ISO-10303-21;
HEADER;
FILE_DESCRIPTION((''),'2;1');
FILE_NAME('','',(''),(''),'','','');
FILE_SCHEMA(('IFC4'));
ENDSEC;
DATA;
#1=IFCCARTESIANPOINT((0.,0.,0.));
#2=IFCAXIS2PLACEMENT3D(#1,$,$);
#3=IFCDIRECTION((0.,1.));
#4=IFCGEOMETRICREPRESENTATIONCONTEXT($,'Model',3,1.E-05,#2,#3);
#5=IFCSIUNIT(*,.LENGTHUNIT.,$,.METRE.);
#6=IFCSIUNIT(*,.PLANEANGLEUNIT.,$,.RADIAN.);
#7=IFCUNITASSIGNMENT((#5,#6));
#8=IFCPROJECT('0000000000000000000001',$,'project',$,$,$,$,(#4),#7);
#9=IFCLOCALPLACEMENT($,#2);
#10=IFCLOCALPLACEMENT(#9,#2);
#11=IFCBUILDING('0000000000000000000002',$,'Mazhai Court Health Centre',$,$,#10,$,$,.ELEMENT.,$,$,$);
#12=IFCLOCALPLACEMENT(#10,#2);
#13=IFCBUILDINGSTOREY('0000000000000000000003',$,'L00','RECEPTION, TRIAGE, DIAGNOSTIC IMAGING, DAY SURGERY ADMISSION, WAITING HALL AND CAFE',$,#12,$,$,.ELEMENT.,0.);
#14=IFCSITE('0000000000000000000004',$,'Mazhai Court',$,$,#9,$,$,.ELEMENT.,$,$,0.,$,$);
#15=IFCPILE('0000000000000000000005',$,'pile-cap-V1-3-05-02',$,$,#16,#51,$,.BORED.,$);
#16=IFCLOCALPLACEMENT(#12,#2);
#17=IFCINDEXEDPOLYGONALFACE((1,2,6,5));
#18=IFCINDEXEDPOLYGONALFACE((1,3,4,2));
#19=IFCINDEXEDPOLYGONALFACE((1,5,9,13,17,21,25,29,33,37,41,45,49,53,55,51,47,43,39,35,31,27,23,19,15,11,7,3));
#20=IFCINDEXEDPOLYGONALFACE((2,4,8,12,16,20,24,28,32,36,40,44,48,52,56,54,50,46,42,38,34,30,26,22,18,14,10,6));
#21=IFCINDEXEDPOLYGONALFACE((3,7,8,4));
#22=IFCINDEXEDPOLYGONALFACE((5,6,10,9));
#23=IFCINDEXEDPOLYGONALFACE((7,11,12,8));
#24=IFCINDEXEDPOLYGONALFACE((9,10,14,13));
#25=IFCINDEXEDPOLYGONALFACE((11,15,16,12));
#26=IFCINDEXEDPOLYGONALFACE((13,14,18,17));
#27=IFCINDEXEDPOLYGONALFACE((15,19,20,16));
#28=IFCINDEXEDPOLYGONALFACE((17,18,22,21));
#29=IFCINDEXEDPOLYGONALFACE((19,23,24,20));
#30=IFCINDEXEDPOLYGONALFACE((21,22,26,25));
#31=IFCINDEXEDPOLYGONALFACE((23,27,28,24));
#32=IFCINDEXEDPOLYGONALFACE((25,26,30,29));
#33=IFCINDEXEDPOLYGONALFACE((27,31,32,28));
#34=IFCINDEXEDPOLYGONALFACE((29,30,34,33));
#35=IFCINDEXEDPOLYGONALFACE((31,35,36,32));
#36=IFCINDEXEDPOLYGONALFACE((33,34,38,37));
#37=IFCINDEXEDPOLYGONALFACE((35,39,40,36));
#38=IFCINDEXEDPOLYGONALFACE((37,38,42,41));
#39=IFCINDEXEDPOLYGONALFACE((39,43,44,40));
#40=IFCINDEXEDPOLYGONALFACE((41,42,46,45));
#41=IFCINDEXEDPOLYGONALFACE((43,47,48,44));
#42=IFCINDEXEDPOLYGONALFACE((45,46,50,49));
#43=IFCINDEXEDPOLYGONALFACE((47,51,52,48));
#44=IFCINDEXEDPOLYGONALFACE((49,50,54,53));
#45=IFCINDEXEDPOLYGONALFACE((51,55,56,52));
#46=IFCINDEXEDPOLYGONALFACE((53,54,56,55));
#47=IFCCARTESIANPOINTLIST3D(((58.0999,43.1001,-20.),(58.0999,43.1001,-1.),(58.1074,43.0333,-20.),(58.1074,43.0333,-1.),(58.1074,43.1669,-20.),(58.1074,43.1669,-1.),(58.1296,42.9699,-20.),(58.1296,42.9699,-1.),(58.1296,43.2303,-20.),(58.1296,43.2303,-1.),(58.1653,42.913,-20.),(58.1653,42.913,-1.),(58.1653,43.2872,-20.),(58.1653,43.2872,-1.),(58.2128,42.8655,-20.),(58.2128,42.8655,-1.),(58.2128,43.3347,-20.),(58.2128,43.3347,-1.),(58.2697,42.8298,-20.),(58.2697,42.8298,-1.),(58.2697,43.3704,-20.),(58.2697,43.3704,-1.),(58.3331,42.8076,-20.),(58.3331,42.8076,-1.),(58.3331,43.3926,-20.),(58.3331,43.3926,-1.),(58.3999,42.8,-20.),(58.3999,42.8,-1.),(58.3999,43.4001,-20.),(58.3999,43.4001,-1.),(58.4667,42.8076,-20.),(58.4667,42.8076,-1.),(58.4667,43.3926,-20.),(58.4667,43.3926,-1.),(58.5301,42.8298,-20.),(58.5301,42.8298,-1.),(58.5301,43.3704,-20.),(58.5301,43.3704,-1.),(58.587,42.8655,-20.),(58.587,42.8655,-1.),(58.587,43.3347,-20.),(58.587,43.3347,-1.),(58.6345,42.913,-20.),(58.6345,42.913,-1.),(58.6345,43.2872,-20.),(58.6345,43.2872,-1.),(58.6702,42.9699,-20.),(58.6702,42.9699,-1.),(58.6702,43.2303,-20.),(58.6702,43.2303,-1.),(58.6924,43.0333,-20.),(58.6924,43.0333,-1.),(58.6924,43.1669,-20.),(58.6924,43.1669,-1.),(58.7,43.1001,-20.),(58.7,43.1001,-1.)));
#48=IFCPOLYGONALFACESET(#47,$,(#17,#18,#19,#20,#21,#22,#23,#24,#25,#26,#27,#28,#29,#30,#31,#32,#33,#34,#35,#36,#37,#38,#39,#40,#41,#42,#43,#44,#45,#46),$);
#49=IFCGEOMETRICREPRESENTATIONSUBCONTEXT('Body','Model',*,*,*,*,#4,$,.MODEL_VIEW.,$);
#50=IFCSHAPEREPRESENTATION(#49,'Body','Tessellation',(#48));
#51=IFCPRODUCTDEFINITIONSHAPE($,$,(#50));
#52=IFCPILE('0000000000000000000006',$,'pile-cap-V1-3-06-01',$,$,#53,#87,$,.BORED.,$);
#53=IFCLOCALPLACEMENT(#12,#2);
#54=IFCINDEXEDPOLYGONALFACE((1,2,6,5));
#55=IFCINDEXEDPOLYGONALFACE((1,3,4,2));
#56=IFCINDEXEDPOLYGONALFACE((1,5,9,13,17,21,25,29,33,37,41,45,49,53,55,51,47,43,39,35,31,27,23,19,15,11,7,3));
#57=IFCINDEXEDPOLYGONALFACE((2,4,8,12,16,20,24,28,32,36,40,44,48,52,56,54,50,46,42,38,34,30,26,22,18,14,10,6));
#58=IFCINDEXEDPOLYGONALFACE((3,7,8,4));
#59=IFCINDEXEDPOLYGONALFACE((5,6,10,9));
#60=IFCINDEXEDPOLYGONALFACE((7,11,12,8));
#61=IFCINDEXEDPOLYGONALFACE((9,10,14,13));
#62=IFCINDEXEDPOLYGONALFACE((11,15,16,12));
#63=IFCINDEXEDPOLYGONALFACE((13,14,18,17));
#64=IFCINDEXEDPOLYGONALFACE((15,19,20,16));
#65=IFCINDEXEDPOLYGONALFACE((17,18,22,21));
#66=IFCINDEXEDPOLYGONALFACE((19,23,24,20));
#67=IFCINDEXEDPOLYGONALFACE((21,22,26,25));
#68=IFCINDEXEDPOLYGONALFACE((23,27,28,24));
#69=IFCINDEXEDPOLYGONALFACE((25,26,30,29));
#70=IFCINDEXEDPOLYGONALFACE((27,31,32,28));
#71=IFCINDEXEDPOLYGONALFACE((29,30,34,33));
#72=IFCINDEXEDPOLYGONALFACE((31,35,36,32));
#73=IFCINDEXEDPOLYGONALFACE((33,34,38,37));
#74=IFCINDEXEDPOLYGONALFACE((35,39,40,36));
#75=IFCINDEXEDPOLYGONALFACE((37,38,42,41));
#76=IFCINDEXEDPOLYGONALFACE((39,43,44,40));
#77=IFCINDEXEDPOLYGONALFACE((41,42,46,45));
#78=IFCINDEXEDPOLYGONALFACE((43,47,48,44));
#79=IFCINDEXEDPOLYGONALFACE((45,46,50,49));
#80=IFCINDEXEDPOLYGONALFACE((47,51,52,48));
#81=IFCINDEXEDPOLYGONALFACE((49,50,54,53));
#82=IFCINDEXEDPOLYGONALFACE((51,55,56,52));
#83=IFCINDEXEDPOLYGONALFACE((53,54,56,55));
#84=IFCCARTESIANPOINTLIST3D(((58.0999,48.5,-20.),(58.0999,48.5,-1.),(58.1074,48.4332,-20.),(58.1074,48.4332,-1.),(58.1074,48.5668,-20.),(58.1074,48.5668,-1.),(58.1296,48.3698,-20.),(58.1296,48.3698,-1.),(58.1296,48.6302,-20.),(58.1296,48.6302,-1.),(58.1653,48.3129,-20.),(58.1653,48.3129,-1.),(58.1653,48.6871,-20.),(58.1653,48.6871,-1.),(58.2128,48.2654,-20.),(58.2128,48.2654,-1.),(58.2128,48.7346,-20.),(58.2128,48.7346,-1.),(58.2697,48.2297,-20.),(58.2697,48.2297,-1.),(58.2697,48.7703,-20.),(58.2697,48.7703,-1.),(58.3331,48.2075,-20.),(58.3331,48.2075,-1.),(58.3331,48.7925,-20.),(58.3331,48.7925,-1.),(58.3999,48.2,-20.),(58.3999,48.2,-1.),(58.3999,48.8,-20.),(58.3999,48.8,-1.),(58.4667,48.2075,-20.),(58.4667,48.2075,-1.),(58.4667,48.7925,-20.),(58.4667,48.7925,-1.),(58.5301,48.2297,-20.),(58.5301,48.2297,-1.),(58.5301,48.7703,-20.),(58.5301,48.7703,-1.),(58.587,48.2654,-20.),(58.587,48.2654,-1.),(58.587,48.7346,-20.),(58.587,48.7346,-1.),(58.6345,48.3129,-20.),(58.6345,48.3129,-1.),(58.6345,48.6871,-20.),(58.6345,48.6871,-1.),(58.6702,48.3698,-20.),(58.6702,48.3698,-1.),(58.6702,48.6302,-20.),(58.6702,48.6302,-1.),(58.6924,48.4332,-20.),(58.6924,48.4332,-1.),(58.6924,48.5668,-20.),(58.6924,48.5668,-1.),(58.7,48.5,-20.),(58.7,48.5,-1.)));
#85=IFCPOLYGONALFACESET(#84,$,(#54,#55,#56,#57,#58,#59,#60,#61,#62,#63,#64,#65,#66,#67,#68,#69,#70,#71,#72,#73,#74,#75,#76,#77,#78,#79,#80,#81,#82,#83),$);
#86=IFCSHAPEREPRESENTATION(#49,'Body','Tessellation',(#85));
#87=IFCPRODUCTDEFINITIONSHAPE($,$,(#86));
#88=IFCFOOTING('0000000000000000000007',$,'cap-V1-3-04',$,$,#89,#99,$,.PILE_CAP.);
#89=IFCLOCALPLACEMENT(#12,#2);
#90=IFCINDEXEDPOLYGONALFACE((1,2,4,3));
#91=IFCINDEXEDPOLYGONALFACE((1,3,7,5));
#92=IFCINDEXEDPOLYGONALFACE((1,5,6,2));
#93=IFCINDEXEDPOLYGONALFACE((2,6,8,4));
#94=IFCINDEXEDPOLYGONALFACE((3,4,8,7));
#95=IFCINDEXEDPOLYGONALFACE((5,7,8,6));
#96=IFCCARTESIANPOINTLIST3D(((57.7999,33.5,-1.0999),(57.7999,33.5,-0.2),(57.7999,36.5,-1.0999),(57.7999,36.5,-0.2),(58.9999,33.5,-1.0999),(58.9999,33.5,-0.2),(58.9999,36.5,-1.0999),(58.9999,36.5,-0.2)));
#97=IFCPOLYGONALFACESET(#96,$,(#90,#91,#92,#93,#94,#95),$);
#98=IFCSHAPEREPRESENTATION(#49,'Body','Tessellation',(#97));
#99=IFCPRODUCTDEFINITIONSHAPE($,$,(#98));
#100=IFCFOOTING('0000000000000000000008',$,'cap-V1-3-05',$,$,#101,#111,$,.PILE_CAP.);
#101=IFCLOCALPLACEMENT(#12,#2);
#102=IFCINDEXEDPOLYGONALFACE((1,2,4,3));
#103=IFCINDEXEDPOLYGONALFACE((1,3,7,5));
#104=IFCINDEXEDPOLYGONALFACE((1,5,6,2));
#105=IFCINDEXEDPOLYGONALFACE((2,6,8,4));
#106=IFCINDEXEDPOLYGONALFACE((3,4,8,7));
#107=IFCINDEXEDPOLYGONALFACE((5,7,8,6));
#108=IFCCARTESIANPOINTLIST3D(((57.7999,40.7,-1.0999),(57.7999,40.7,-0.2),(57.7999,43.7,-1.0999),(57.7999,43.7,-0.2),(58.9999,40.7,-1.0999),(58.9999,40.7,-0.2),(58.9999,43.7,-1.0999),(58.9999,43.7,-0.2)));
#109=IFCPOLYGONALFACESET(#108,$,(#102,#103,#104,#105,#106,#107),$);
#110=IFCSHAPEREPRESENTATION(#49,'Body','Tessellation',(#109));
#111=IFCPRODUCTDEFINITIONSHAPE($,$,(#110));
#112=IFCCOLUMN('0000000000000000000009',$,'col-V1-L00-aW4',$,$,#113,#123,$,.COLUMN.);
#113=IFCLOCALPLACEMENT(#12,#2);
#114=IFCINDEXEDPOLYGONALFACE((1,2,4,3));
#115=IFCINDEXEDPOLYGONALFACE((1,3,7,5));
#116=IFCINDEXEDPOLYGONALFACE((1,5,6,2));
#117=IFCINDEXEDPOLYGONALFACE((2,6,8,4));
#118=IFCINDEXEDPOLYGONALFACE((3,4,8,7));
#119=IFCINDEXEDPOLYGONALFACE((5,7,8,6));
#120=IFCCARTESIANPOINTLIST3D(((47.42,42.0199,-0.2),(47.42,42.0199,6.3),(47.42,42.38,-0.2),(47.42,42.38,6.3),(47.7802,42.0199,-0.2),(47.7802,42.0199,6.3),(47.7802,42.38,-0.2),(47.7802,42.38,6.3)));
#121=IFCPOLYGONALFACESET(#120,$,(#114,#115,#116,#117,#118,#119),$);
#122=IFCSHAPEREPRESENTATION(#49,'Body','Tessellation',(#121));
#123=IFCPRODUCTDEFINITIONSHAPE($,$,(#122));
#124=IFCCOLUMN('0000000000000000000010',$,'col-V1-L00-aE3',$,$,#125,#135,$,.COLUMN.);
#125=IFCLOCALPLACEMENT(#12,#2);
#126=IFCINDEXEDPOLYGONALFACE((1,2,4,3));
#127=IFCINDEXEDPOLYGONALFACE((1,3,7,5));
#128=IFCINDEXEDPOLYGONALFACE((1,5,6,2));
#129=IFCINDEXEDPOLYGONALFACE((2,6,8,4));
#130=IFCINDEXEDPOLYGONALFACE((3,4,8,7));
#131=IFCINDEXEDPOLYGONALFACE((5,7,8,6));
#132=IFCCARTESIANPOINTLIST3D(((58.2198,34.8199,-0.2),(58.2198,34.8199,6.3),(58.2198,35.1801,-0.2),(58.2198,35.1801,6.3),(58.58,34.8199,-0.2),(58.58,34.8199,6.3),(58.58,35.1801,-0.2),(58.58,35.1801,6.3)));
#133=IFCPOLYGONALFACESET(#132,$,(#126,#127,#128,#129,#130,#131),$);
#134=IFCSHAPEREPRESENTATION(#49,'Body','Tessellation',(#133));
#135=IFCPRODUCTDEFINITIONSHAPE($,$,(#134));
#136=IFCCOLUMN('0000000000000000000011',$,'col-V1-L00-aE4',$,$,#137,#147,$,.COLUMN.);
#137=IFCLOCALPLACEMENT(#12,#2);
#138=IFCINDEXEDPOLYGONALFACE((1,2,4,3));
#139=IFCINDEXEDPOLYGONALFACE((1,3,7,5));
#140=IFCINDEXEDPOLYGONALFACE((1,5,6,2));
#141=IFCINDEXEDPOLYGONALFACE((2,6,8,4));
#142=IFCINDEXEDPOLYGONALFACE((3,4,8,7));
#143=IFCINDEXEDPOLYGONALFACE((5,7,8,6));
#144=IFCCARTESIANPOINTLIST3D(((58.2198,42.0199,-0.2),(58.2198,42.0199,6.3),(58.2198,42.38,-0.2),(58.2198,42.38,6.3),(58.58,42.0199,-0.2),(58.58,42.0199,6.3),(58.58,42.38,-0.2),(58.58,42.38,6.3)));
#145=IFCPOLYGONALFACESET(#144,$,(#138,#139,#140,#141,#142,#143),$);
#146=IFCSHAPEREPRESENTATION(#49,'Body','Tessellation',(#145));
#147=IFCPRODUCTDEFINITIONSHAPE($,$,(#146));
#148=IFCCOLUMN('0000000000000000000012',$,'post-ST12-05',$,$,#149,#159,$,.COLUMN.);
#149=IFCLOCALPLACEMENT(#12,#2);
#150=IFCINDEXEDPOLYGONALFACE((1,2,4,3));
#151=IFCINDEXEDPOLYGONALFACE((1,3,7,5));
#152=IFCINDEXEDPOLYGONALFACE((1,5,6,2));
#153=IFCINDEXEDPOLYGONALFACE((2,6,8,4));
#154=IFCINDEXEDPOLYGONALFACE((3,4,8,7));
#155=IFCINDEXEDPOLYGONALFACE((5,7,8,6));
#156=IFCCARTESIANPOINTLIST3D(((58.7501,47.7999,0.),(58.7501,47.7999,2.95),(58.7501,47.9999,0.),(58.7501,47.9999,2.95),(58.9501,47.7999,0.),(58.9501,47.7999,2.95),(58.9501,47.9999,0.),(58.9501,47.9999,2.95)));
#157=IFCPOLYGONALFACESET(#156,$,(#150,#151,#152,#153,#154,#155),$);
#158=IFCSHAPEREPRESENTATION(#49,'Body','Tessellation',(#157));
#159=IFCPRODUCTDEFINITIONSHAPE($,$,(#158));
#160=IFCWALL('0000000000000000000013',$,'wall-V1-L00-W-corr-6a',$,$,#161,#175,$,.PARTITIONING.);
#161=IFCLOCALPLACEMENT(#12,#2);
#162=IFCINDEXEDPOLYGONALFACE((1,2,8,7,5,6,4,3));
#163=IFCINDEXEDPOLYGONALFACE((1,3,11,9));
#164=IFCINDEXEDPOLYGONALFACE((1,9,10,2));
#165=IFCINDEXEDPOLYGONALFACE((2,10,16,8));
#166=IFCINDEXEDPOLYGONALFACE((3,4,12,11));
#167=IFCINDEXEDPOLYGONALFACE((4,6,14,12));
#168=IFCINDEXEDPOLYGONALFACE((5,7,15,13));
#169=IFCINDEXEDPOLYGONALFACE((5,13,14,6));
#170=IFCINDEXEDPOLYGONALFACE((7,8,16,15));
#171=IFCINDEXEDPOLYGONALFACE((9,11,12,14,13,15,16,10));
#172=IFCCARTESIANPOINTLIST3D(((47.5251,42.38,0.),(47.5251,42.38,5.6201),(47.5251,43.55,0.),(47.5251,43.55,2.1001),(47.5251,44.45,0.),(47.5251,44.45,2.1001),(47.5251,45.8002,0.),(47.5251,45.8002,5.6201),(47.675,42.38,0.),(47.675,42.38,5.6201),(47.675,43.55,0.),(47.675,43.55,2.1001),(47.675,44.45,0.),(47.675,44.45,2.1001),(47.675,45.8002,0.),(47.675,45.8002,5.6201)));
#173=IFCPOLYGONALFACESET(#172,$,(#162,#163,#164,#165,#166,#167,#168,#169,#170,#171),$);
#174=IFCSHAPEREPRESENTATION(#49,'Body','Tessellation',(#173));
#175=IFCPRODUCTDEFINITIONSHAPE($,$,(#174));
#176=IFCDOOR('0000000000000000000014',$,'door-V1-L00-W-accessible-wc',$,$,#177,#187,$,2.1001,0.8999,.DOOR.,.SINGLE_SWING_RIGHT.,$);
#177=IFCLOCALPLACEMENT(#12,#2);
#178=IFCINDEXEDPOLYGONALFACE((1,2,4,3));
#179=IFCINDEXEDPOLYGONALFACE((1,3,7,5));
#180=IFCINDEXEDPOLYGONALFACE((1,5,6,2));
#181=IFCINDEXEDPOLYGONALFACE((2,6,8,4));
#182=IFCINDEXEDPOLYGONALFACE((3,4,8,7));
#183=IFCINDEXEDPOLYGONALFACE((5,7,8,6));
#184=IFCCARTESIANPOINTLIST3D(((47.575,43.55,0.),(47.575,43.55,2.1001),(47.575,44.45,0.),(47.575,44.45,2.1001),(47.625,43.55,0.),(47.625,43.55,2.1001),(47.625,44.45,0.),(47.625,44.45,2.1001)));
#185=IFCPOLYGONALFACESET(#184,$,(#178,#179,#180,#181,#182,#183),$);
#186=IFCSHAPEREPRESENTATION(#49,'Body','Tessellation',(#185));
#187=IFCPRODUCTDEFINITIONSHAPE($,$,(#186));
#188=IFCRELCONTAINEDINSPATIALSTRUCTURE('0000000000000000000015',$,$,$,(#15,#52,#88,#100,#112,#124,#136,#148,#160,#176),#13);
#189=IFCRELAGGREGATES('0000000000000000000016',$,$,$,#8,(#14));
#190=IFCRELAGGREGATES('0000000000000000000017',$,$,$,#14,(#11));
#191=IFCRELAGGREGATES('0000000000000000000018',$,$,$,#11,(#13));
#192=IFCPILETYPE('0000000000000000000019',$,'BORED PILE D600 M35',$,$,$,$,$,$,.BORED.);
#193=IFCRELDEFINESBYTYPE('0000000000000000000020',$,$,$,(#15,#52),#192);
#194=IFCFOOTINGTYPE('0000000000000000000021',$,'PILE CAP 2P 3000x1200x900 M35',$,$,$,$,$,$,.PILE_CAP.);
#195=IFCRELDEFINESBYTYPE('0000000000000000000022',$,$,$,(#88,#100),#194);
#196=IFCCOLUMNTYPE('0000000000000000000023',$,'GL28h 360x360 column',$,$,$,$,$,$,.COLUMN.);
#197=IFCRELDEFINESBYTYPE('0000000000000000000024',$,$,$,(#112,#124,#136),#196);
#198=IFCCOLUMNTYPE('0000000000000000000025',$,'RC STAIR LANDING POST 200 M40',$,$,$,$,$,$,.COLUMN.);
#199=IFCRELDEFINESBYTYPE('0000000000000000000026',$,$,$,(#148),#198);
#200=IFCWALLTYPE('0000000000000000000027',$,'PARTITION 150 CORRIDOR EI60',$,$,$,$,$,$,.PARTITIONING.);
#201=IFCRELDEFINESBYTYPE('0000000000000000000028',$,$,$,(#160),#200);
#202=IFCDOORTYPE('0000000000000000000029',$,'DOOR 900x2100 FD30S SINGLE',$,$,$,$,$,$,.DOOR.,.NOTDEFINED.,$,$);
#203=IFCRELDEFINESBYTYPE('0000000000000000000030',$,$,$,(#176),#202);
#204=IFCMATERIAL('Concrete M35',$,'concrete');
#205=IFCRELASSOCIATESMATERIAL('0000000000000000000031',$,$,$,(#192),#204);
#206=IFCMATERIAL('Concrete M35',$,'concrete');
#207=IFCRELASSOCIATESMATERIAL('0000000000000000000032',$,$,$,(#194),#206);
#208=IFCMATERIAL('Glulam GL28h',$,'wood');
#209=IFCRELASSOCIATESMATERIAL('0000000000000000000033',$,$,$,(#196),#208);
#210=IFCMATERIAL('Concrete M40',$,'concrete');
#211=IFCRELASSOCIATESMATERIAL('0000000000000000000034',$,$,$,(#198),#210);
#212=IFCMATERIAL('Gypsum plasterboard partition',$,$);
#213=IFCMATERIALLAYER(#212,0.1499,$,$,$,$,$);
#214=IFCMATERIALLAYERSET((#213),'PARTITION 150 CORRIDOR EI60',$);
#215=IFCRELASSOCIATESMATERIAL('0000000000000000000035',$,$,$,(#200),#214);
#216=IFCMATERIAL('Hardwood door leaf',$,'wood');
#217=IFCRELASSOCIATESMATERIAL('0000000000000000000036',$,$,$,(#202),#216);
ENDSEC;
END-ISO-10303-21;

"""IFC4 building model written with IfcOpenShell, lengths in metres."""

from ifc_helpers import new_model, si_unit, direction, frame, frame_2d, origin, origin_2d, place, context, subcontext, project, spatial, rectangle, circle, extrude, material, layer, layer_set, material_profile, profile_set, type_object, element, fill, save


model = new_model("IFC4")

# Units and contexts
model_context = context("Model", 3, precision=1e-05, world=origin(), true_north=direction((0.0, 1.0)))
body_context = subcontext(model_context, "Body", "Model", "MODEL_VIEW")
ifc_project = project(units=[si_unit("LENGTHUNIT", "METRE"), si_unit("PLANEANGLEUNIT", "RADIAN")], contexts=[model_context])

# Site, building, storey
site_placement = place(None, origin())
site = spatial("IfcSite", under=ifc_project, at=site_placement, Name="Mazhai Court", CompositionType="ELEMENT", RefElevation=0.0)
building_placement = place(site_placement, origin())
building = spatial("IfcBuilding", under=site, at=building_placement, Name="Mazhai Court Health Centre", CompositionType="ELEMENT")
storey_placement = place(building_placement, origin())
storey = spatial("IfcBuildingStorey", under=building, at=storey_placement, Name="L00", Description="RECEPTION, TRIAGE, DIAGNOSTIC IMAGING, DAY SURGERY ADMISSION, WAITING HALL AND CAFE", CompositionType="ELEMENT", Elevation=0.0)

# Piles
ifc_material_1 = material(Name="Concrete M35", Category="concrete")
ifc_material_profile_1 = material_profile(ifc_material_1, circle(Radius=0.3, at=origin_2d()), Name="RC PILE D600")
ifc_profile_set_1 = profile_set([ifc_material_profile_1], Name="Concrete M35")
pile_type = type_object("IfcPileType", Name="BORED PILE D600 M35", PredefinedType="BORED", material=ifc_profile_set_1)
for number, where, z_axis, x_axis, name in (
    (1, (58.3999, 43.1001, -1.0), (0.0, 0.0, -1.0), (1.0, 0.0, 0.0), "pile-cap-V1-3-05-02"),
    (2, (58.3999, 48.5, -1.0), (0.0, 0.0, -1.0), (1.0, 0.0, 0.0), "pile-cap-V1-3-06-01"),
):
    element("IfcPile", number, at=place(storey_placement, frame(where, z_axis=z_axis, x_axis=x_axis)), inside=storey, type_object=pile_type, Name=name, PredefinedType="BORED", context=body_context, shape_type="SweptSolid", body=[
        extrude(circle(Radius=0.3, at=origin_2d()), origin(), (0.0, 0.0, 1.0), 19.0),
    ])

# Footings
ifc_material_2 = material(Name="Concrete M35", Category="concrete")
footing_type = type_object("IfcFootingType", Name="PILE CAP 2P 3000x1200x900 M35", PredefinedType="PILE_CAP", material=ifc_material_2)
for number, where, z_axis, x_axis, name in (
    (3, (58.3999, 35.0, -1.0999), (0.0, 0.0, 1.0), (1.0, 0.0, 0.0), "cap-V1-3-04"),
    (4, (58.3999, 42.2, -1.0999), (0.0, 0.0, 1.0), (1.0, 0.0, 0.0), "cap-V1-3-05"),
):
    element("IfcFooting", number, at=place(storey_placement, frame(where, z_axis=z_axis, x_axis=x_axis)), inside=storey, type_object=footing_type, Name=name, PredefinedType="PILE_CAP", context=body_context, shape_type="SweptSolid", body=[
        extrude(rectangle(XDim=1.2, YDim=3.0, at=origin_2d()), origin(), (0.0, 0.0, 1.0), 0.8999),
    ])

# Columns
ifc_material_3 = material(Name="Glulam GL28h", Category="wood")
ifc_material_profile_2 = material_profile(ifc_material_3, rectangle(XDim=0.3601, YDim=0.3601, at=origin_2d()), Name="GL28h 360x360")
ifc_profile_set_2 = profile_set([ifc_material_profile_2], Name="Glulam GL28h")
column_type_1 = type_object("IfcColumnType", Name="GL28h 360x360 column", PredefinedType="COLUMN", material=ifc_profile_set_2)
for number, where, z_axis, x_axis, name in (
    (5, (47.6001, 42.2, -0.2), (0.0, 0.0, 1.0), (1.0, 0.0, 0.0), "col-V1-L00-aW4"),
    (6, (58.3999, 35.0, -0.2), (0.0, 0.0, 1.0), (1.0, 0.0, 0.0), "col-V1-L00-aE3"),
    (7, (58.3999, 42.2, -0.2), (0.0, 0.0, 1.0), (1.0, 0.0, 0.0), "col-V1-L00-aE4"),
):
    element("IfcColumn", number, at=place(storey_placement, frame(where, z_axis=z_axis, x_axis=x_axis)), inside=storey, type_object=column_type_1, Name=name, PredefinedType="COLUMN", context=body_context, shape_type="SweptSolid", body=[
        extrude(rectangle(XDim=0.3601, YDim=0.3601, at=origin_2d()), origin(), (0.0, 0.0, 1.0), 6.5),
    ])
ifc_material_4 = material(Name="Concrete M40", Category="concrete")
ifc_material_profile_3 = material_profile(ifc_material_4, rectangle(XDim=0.2, YDim=0.2, at=origin_2d()), Name="RC 200x200")
ifc_profile_set_3 = profile_set([ifc_material_profile_3], Name="Concrete M40")
column_type_2 = type_object("IfcColumnType", Name="RC STAIR LANDING POST 200 M40", PredefinedType="COLUMN", material=ifc_profile_set_3)
column_placement = place(storey_placement, frame((58.8501, 47.8999, 0.0), z_axis=(0.0, 0.0, 1.0), x_axis=(1.0, 0.0, 0.0)))
element("IfcColumn", 8, at=column_placement, inside=storey, type_object=column_type_2, Name="post-ST12-05", PredefinedType="COLUMN", context=body_context, shape_type="SweptSolid", body=[
    extrude(rectangle(XDim=0.2, YDim=0.2, at=origin_2d()), origin(), (0.0, 0.0, 1.0), 2.95),
])

# Wall, opening, door
ifc_material_5 = material(Name="Gypsum plasterboard partition")
ifc_layer = layer(ifc_material_5, 0.1499)
ifc_layer_set = layer_set([ifc_layer], Name="PARTITION 150 CORRIDOR EI60")
wall_type = type_object("IfcWallType", Name="PARTITION 150 CORRIDOR EI60", PredefinedType="PARTITIONING", material=ifc_layer_set)
wall_1_placement = place(storey_placement, frame((47.6001, 45.8, 0.0), z_axis=(0.0, 0.0, 1.0), x_axis=(0.0, -1.0, 0.0)))
wall_1 = element("IfcWall", 9, at=wall_1_placement, inside=storey, type_object=wall_type, Name="wall-V1-L00-W-corr-6a", PredefinedType="PARTITIONING", context=body_context, shape_type="SweptSolid", body=[
    extrude(rectangle(XDim=3.4202, YDim=0.1499, at=frame_2d((1.71, 0.0))), origin(), (0.0, 0.0, 1.0), 5.6201),
])
opening_1_placement = place(wall_1_placement, frame((1.3501, 0.0, 0.0)))
opening_1 = element("IfcOpeningElement", 10, at=opening_1_placement, cuts=wall_1, PredefinedType="OPENING", context=body_context, shape_type="SweptSolid", body=[
    extrude(rectangle(XDim=0.8999, YDim=2.1001, at=frame_2d((0.45, 1.05))), frame((0.0, 0.085, 0.0), z_axis=(0.0, -1.0, 0.0), x_axis=(1.0, 0.0, 0.0)), (0.0, 0.0, 1.0), 0.1699),
])
ifc_material_6 = material(Name="Hardwood door leaf", Category="wood")
door_type_1 = type_object("IfcDoorType", Name="DOOR 900x2100 FD30S SINGLE", OperationType="NOTDEFINED", PredefinedType="DOOR", material=ifc_material_6)
door_1_placement = place(opening_1_placement, origin())
door_1 = element("IfcDoor", 11, at=door_1_placement, inside=storey, type_object=door_type_1, Name="door-V1-L00-W-accessible-wc", OperationType="SINGLE_SWING_RIGHT", OverallHeight=2.1001, OverallWidth=0.8999, PredefinedType="DOOR", context=body_context, shape_type="SweptSolid", body=[
    extrude(rectangle(XDim=0.8999, YDim=2.1001, at=frame_2d((0.45, 1.05))), frame((0.0, 0.0249, 0.0), z_axis=(0.0, -1.0, 0.0), x_axis=(1.0, 0.0, 0.0)), (0.0, 0.0, 1.0), 0.05),
])
fill(opening_1, door_1)

save(model, "model.ifc")
